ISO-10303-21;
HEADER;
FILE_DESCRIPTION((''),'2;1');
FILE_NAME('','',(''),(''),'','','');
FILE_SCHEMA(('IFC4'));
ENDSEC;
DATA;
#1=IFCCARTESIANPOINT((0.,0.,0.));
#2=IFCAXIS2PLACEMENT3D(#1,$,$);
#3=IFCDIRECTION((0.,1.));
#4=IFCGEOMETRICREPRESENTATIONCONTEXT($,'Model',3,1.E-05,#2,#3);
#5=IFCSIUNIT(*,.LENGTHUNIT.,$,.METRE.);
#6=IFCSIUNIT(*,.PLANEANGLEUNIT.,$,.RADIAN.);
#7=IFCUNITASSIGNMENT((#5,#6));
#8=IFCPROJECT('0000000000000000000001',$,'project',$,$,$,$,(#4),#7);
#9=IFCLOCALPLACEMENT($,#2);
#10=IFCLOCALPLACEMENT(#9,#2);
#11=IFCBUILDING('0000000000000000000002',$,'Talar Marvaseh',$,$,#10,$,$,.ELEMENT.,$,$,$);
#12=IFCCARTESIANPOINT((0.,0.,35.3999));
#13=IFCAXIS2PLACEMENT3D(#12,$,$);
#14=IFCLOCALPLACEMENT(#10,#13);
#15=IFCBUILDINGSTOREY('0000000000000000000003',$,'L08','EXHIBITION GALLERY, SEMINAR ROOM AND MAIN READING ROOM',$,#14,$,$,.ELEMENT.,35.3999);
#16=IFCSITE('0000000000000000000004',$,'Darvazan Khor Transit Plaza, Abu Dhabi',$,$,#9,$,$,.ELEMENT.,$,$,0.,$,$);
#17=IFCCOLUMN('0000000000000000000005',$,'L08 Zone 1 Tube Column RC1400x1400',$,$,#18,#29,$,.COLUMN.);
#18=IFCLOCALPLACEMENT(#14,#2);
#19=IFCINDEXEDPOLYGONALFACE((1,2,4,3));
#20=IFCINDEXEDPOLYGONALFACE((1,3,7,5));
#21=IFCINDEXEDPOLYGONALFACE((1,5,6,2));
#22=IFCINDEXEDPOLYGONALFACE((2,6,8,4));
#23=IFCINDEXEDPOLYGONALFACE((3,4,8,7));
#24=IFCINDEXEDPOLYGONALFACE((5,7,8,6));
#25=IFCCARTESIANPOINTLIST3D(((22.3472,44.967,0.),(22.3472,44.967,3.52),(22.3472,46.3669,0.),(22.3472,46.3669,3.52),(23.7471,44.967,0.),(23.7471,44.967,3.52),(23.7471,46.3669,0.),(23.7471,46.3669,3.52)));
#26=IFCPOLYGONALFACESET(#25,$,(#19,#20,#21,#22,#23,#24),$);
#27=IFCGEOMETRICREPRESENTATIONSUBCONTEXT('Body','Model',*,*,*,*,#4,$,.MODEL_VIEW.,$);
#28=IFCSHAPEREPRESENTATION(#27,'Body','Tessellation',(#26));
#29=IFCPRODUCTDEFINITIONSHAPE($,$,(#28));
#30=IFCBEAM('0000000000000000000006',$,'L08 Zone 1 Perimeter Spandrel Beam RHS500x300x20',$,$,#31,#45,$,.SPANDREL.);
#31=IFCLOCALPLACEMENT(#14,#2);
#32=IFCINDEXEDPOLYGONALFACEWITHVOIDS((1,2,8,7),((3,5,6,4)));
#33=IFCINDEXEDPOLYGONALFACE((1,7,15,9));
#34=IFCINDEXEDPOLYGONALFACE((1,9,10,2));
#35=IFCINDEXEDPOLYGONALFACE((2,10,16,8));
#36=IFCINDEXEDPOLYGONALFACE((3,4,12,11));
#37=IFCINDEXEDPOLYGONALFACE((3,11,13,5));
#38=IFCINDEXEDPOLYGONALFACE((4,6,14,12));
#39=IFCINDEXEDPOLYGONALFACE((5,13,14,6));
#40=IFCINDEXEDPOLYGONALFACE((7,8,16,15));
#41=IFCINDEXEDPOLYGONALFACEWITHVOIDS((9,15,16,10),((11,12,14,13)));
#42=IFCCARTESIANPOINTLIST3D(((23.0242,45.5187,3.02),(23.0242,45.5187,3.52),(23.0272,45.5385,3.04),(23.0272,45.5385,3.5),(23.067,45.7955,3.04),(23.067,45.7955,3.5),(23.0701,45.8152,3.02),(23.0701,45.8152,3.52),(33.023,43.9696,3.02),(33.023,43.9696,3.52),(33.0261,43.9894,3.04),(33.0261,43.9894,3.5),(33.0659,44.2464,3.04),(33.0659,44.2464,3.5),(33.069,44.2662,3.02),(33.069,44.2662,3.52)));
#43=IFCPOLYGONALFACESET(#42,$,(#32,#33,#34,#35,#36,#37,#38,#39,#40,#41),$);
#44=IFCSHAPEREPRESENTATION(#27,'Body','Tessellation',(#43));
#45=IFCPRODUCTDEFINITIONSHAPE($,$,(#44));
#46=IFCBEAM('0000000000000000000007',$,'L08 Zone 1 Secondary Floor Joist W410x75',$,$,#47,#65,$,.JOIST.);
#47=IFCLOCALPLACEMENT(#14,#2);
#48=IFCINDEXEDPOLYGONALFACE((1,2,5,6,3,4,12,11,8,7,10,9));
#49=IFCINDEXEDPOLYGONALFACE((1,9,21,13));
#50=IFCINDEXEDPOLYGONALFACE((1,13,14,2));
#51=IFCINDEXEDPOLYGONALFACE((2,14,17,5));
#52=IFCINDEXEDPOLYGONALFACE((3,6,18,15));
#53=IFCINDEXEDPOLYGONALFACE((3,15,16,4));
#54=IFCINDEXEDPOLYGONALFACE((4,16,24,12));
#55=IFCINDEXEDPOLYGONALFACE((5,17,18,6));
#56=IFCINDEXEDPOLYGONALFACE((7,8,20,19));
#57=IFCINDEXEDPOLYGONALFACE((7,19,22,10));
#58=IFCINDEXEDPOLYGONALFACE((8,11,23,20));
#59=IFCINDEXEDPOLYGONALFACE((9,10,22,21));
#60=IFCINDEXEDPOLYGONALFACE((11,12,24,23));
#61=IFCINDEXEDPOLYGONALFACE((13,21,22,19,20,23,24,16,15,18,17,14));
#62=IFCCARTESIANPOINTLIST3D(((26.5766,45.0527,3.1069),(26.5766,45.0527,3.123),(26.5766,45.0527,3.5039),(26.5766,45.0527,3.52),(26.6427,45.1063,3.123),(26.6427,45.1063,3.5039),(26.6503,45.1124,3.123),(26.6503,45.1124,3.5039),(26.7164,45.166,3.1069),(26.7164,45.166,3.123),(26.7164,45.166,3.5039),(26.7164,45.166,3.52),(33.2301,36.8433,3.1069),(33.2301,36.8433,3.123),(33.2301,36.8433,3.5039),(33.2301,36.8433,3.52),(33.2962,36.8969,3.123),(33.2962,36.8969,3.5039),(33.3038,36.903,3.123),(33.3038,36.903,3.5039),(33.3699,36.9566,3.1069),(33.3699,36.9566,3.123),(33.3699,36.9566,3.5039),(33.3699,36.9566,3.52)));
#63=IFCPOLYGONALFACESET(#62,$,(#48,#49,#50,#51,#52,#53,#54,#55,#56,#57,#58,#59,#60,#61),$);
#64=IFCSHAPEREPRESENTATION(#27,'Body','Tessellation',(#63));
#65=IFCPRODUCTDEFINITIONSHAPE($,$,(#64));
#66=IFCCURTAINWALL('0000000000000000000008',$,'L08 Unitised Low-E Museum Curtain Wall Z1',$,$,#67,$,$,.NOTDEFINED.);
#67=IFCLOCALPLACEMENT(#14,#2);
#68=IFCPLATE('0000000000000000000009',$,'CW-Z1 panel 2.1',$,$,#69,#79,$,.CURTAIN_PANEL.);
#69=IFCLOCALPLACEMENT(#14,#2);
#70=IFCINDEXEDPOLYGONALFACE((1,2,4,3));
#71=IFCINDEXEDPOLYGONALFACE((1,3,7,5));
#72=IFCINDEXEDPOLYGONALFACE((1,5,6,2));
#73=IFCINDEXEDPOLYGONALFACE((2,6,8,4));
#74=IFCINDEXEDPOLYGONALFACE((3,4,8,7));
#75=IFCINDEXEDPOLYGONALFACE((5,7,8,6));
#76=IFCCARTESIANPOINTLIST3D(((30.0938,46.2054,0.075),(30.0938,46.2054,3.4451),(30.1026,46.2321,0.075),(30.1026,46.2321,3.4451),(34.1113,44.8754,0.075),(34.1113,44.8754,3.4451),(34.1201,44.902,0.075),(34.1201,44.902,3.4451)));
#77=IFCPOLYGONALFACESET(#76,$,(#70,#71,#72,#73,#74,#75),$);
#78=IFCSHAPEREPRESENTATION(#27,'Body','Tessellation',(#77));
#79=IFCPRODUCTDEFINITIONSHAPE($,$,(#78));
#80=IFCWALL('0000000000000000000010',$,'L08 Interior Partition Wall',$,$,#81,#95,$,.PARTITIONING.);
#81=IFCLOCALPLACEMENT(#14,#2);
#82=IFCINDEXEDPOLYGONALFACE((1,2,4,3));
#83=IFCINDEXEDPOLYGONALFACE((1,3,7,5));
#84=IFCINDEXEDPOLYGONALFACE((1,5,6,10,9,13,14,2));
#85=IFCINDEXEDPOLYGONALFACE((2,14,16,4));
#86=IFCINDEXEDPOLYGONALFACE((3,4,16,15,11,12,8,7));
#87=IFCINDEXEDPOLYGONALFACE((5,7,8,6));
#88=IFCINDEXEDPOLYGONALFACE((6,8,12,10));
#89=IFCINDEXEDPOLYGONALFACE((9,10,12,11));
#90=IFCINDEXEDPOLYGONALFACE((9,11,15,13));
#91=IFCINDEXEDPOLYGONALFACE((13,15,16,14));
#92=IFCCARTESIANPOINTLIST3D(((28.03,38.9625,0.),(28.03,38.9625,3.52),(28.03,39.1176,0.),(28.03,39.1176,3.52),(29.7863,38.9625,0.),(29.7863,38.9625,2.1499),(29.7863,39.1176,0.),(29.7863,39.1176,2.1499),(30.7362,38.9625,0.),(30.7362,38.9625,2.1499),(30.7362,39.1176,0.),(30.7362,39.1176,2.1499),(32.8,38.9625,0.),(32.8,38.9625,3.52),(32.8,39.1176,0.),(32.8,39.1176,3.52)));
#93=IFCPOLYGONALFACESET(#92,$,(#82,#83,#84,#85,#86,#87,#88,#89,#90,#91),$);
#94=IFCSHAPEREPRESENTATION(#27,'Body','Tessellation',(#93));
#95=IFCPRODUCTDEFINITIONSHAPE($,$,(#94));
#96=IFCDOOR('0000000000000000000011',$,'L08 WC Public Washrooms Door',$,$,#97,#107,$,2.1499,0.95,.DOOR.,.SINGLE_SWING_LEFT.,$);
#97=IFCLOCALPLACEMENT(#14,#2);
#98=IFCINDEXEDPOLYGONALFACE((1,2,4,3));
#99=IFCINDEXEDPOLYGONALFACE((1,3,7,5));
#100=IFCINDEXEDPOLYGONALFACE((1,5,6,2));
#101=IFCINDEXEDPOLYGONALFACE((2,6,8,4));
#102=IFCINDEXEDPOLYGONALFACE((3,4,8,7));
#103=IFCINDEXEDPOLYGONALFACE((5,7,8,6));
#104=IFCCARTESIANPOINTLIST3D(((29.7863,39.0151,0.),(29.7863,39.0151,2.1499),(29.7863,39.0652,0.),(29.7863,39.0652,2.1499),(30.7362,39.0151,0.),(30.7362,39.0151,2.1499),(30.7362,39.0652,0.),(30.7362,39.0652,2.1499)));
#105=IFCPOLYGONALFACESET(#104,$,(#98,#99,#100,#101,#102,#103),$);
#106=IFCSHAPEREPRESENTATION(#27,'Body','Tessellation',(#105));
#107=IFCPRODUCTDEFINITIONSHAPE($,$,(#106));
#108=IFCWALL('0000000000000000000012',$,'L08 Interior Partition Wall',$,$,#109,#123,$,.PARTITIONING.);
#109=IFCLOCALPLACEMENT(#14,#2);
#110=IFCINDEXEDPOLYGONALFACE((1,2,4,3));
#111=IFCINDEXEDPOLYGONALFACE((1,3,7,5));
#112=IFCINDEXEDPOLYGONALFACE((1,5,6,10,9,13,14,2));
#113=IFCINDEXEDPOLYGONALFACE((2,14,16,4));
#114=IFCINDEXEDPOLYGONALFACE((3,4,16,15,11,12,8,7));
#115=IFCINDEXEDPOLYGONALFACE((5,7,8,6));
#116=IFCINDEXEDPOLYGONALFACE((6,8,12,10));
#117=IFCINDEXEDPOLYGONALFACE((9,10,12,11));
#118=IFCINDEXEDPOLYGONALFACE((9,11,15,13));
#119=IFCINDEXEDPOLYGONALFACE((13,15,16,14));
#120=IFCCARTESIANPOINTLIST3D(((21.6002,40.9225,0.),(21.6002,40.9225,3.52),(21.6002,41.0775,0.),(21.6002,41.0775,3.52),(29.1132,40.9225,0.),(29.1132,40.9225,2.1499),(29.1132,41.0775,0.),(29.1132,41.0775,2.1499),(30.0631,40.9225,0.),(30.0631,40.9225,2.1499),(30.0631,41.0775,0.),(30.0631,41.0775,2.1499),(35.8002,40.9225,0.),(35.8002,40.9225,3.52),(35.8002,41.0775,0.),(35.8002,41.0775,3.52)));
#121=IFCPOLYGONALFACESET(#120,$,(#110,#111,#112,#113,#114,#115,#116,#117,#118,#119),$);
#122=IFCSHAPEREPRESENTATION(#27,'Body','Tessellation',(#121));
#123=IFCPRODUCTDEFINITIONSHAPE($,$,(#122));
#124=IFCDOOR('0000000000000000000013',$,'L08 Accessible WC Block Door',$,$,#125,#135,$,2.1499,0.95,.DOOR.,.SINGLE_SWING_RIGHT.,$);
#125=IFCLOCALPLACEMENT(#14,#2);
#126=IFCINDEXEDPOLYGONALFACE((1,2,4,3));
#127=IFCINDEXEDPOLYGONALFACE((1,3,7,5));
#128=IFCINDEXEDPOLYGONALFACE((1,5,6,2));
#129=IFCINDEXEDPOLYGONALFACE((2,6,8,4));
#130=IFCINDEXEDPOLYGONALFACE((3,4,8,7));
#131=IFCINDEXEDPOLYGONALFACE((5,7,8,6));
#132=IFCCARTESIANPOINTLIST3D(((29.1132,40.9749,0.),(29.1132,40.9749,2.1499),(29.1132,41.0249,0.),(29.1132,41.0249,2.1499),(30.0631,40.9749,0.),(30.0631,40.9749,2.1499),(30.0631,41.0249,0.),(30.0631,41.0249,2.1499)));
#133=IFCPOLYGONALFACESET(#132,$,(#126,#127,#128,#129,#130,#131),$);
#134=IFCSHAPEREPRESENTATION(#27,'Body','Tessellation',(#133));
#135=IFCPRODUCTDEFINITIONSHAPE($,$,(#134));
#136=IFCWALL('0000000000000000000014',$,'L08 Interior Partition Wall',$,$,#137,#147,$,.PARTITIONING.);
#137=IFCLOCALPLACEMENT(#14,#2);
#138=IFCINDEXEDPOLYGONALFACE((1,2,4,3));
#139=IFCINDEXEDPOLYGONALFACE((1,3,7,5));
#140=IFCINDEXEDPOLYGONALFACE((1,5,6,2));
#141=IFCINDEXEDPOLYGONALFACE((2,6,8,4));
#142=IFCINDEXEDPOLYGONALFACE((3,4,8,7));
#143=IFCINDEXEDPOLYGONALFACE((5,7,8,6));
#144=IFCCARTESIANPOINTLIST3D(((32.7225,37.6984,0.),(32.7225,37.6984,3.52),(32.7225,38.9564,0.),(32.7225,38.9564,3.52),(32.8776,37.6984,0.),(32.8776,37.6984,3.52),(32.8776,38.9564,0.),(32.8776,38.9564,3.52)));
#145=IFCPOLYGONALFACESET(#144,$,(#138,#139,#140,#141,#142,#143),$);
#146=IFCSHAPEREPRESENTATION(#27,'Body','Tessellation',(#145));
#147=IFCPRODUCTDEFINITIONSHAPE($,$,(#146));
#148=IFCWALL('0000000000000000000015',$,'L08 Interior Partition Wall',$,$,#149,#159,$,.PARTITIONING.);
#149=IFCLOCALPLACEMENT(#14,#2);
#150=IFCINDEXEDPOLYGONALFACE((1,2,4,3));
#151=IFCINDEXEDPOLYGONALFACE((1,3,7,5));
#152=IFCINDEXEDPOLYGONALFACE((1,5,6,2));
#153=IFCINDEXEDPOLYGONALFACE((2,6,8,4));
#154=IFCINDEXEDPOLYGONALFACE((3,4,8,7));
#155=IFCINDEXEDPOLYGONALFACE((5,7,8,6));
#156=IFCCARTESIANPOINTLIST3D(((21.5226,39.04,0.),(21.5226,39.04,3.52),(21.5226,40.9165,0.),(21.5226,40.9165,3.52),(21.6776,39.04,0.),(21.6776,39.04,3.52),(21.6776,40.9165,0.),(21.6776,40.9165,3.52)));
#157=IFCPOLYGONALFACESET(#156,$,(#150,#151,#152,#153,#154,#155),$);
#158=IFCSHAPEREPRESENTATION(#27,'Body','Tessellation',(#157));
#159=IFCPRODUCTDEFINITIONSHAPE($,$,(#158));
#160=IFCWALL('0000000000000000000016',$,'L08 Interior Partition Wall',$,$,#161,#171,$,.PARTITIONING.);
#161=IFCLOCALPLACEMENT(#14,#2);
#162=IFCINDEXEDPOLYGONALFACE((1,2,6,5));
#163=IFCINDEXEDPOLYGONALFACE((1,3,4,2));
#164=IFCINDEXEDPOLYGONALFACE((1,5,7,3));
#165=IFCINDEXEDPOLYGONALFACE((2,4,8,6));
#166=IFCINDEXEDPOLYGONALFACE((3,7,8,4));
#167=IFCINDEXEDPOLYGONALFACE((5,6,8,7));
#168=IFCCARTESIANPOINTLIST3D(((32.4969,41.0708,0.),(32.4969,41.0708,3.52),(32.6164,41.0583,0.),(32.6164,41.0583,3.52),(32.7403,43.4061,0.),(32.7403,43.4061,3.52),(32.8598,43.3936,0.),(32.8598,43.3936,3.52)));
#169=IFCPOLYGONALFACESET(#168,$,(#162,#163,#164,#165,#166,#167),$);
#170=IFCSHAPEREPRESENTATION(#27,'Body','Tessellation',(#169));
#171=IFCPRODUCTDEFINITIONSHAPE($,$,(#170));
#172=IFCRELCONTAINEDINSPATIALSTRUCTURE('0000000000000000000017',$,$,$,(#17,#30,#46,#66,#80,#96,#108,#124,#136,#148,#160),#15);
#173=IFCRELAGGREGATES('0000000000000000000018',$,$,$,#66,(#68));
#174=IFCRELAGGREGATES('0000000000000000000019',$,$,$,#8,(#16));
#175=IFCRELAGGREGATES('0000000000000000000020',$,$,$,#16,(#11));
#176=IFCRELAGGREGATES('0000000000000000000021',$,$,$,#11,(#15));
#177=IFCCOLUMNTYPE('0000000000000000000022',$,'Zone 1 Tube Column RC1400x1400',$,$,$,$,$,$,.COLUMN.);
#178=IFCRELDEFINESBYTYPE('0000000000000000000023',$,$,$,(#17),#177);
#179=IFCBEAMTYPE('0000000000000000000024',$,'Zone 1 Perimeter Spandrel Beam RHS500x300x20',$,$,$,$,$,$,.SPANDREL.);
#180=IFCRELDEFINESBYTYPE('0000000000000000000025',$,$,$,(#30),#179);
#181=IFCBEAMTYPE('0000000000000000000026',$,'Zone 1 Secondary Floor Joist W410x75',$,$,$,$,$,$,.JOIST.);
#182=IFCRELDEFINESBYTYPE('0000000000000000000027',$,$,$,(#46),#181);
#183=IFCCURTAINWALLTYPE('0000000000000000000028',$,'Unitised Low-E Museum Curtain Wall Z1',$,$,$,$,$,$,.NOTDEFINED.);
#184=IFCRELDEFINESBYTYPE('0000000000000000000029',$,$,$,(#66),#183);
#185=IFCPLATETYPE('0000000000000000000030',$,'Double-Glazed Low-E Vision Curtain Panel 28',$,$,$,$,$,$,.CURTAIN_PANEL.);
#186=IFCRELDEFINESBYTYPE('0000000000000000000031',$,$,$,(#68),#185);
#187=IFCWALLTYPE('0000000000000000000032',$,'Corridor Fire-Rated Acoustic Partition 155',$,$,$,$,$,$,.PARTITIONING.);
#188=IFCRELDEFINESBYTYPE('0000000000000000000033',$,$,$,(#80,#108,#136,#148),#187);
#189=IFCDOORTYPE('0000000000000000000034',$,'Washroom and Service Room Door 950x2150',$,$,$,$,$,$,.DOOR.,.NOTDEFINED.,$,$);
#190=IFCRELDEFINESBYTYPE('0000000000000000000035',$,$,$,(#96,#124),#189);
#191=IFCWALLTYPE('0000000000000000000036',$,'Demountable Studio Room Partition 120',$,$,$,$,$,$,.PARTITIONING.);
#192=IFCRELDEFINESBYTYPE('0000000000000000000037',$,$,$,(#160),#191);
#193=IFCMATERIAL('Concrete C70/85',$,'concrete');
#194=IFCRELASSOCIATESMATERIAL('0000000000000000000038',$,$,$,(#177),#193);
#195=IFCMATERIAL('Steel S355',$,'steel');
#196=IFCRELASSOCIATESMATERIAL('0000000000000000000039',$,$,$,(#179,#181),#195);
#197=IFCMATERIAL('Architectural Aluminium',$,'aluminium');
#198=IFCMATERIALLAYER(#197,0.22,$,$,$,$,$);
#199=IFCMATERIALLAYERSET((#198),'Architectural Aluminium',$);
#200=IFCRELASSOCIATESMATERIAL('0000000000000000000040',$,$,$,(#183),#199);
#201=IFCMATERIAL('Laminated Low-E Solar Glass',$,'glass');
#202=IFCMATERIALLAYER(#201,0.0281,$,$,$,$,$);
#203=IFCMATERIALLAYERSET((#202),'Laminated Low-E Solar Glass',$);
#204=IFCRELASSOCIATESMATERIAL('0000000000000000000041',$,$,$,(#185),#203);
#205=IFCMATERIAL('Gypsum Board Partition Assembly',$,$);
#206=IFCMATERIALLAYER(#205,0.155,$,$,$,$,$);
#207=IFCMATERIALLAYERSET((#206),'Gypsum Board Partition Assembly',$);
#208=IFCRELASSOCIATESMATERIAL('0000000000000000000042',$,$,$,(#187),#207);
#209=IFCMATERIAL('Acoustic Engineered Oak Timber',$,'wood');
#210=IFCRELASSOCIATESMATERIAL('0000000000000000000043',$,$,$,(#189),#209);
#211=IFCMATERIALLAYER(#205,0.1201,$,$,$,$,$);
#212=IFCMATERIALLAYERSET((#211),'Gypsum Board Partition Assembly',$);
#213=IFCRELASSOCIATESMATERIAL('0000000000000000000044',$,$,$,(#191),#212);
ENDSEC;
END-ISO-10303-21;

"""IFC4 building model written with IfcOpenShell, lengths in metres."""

from ifc_helpers import new_model, si_unit, direction, frame, frame_2d, origin, origin_2d, place, context, subcontext, project, spatial, rectangle, hollow_rectangle, i_section, extrude, source, transform, mapped, material, layer, layer_set, material_profile, profile_set, type_object, type_shapes, element, fill, aggregate, save


model = new_model("IFC4")

# Units and contexts
model_context = context("Model", 3, precision=1e-05, world=origin(), true_north=direction((0.0, 1.0)))
body_context = subcontext(model_context, "Body", "Model", "MODEL_VIEW")
ifc_project = project(units=[si_unit("LENGTHUNIT", "METRE"), si_unit("PLANEANGLEUNIT", "RADIAN")], contexts=[model_context])

# Site, building, storey
site_placement = place(None, origin())
site = spatial("IfcSite", under=ifc_project, at=site_placement, Name="Darvazan Khor Transit Plaza, Abu Dhabi", CompositionType="ELEMENT", RefElevation=0.0)
building_placement = place(site_placement, origin())
building = spatial("IfcBuilding", under=site, at=building_placement, Name="Talar Marvaseh", CompositionType="ELEMENT")
storey_placement = place(building_placement, frame((0.0, 0.0, 35.3999)))
storey = spatial("IfcBuildingStorey", under=building, at=storey_placement, Name="L08", Description="EXHIBITION GALLERY, SEMINAR ROOM AND MAIN READING ROOM", CompositionType="ELEMENT", Elevation=35.3999)

# Column
ifc_material_1 = material(Name="Concrete C70/85", Category="concrete")
ifc_material_profile_1 = material_profile(ifc_material_1, rectangle(XDim=1.3999, YDim=1.3999, at=origin_2d()), Name="RC1400x1400")
ifc_profile_set_1 = profile_set([ifc_material_profile_1], Name="Concrete C70/85")
column_type = type_object("IfcColumnType", Name="Zone 1 Tube Column RC1400x1400", PredefinedType="COLUMN", material=ifc_profile_set_1)
column_placement = place(storey_placement, frame((23.0471, 45.667, 0.0), z_axis=(0.0, 0.0, 1.0), x_axis=(1.0, 0.0, 0.0)))
element("IfcColumn", 1, at=column_placement, inside=storey, type_object=column_type, Name="L08 Zone 1 Tube Column RC1400x1400", PredefinedType="COLUMN", context=body_context, shape_type="SweptSolid", body=[
    extrude(rectangle(XDim=1.3999, YDim=1.3999, at=origin_2d()), origin(), (0.0, 0.0, 1.0), 3.52),
])

# Beams
ifc_material_2 = material(Name="Steel S355", Category="steel")
ifc_material_profile_2 = material_profile(ifc_material_2, hollow_rectangle(XDim=0.3, YDim=0.5, WallThickness=0.02, at=origin_2d()), Name="RHS500x300x20")
ifc_profile_set_2 = profile_set([ifc_material_profile_2], Name="Steel S355")
beam_type_1 = type_object("IfcBeamType", Name="Zone 1 Perimeter Spandrel Beam RHS500x300x20", PredefinedType="SPANDREL", material=ifc_profile_set_2)
beam_1_placement = place(storey_placement, frame((23.0471, 45.667, 3.27), z_axis=(0.988211, -0.1531, 0.0), x_axis=(0.1531, 0.988211, 0.0)))
element("IfcBeam", 2, at=beam_1_placement, inside=storey, type_object=beam_type_1, Name="L08 Zone 1 Perimeter Spandrel Beam RHS500x300x20", PredefinedType="SPANDREL", context=body_context, shape_type="SweptSolid", body=[
    extrude(hollow_rectangle(XDim=0.3, YDim=0.5, WallThickness=0.02, at=origin_2d()), origin(), (0.0, 0.0, 1.0), 10.1182),
])
ifc_material_profile_3 = material_profile(ifc_material_2, i_section(OverallWidth=0.1799, OverallDepth=0.4131, WebThickness=0.0098, FlangeThickness=0.0161, at=origin_2d()), Name="W410x75")
ifc_profile_set_3 = profile_set([ifc_material_profile_3], Name="Steel S355")
beam_type_2 = type_object("IfcBeamType", Name="Zone 1 Secondary Floor Joist W410x75", PredefinedType="JOIST", material=ifc_profile_set_3)
beam_2_placement = place(storey_placement, frame((26.6465, 45.1094, 3.3135), z_axis=(0.629644, -0.776884, 0.0), x_axis=(0.776884, 0.629644, 0.0)))
element("IfcBeam", 3, at=beam_2_placement, inside=storey, type_object=beam_type_2, Name="L08 Zone 1 Secondary Floor Joist W410x75", PredefinedType="JOIST", context=body_context, shape_type="SweptSolid", body=[
    extrude(i_section(OverallWidth=0.1799, OverallDepth=0.4131, WebThickness=0.0098, FlangeThickness=0.0161, at=origin_2d()), origin(), (0.0, 0.0, 1.0), 10.5671),
])

# Curtain wall, plate
ifc_material_3 = material(Name="Architectural Aluminium", Category="aluminium")
ifc_layer_1 = layer(ifc_material_3, 0.22)
ifc_layer_set_1 = layer_set([ifc_layer_1], Name="Architectural Aluminium")
curtain_wall_type = type_object("IfcCurtainWallType", Name="Unitised Low-E Museum Curtain Wall Z1", PredefinedType="NOTDEFINED", material=ifc_layer_set_1)
curtain_wall_placement = place(storey_placement, origin())
curtain_wall = element("IfcCurtainWall", 4, at=curtain_wall_placement, inside=storey, type_object=curtain_wall_type, Name="L08 Unitised Low-E Museum Curtain Wall Z1", PredefinedType="NOTDEFINED")
ifc_material_4 = material(Name="Laminated Low-E Solar Glass", Category="glass")
ifc_layer_2 = layer(ifc_material_4, 0.0281)
ifc_layer_set_2 = layer_set([ifc_layer_2], Name="Laminated Low-E Solar Glass")
plate_type = type_object("IfcPlateType", Name="Double-Glazed Low-E Vision Curtain Panel 28", PredefinedType="CURTAIN_PANEL", material=ifc_layer_set_2)
shared_shape_1 = source(origin(), body_context, "Body", "SweptSolid", [
    extrude(rectangle(XDim=4.2319, YDim=0.0281, at=origin_2d()), origin(), (0.0, 0.0, 1.0), 3.3701),
])
type_shapes(plate_type, [shared_shape_1])
plate_placement = place(storey_placement, frame((32.1069, 45.5537, 0.075), z_axis=(0.0, 0.0, 1.0), x_axis=(0.949328, -0.314288, 0.0)))
plate = element("IfcPlate", 5, at=plate_placement, type_object=plate_type, Name="CW-Z1 panel 2.1", PredefinedType="CURTAIN_PANEL", context=body_context, shape_type="MappedRepresentation", body=[
    mapped(shared_shape_1, transform((0.0, 0.0, 0.0), x_axis=(1.0, 0.0, 0.0), y_axis=(0.0, 1.0, 0.0), z_axis=(0.0, 0.0, 1.0), scale=1.0)),
])
aggregate(curtain_wall, [plate])

# Walls, openings, doors
ifc_material_5 = material(Name="Gypsum Board Partition Assembly")
ifc_layer_3 = layer(ifc_material_5, 0.155)
ifc_layer_set_3 = layer_set([ifc_layer_3], Name="Gypsum Board Partition Assembly")
wall_type_1 = type_object("IfcWallType", Name="Corridor Fire-Rated Acoustic Partition 155", PredefinedType="PARTITIONING", material=ifc_layer_set_3)
wall_1_placement = place(storey_placement, frame((32.8, 39.04, 0.0), z_axis=(0.0, 0.0, 1.0), x_axis=(-1.0, 0.0, 0.0)))
wall_1 = element("IfcWall", 6, at=wall_1_placement, inside=storey, type_object=wall_type_1, Name="L08 Interior Partition Wall", PredefinedType="PARTITIONING", context=body_context, shape_type="SweptSolid", body=[
    extrude(rectangle(XDim=4.77, YDim=0.155, at=frame_2d((2.385, 0.0))), origin(), (0.0, 0.0, 1.0), 3.52),
])
opening_1_placement = place(wall_1_placement, frame((2.0637, 0.0, 0.0)))
opening_1 = element("IfcOpeningElement", 7, at=opening_1_placement, cuts=wall_1, PredefinedType="OPENING", context=body_context, shape_type="SweptSolid", body=[
    extrude(rectangle(XDim=0.95, YDim=2.1499, at=frame_2d((0.4751, 1.075))), frame((0.0, 0.0874, 0.0), z_axis=(0.0, -1.0, 0.0), x_axis=(1.0, 0.0, 0.0)), (0.0, 0.0, 1.0), 0.175),
])
ifc_material_6 = material(Name="Acoustic Engineered Oak Timber", Category="wood")
door_type_1 = type_object("IfcDoorType", Name="Washroom and Service Room Door 950x2150", OperationType="NOTDEFINED", PredefinedType="DOOR", material=ifc_material_6)
shared_shape_2 = source(origin(), body_context, "Body", "SweptSolid", [
    extrude(rectangle(XDim=0.95, YDim=2.1499, at=frame_2d((0.4751, 1.075))), frame((0.0, 0.0249, 0.0), z_axis=(0.0, -1.0, 0.0), x_axis=(1.0, 0.0, 0.0)), (0.0, 0.0, 1.0), 0.05),
])
type_shapes(door_type_1, [shared_shape_2])
door_1_placement = place(opening_1_placement, origin())
door_1 = element("IfcDoor", 8, at=door_1_placement, inside=storey, type_object=door_type_1, Name="L08 WC Public Washrooms Door", OperationType="SINGLE_SWING_LEFT", OverallHeight=2.1499, OverallWidth=0.95, PredefinedType="DOOR", context=body_context, shape_type="MappedRepresentation", body=[
    mapped(shared_shape_2, transform((0.0, 0.0, 0.0), x_axis=(1.0, 0.0, 0.0), y_axis=(0.0, 1.0, 0.0), z_axis=(0.0, 0.0, 1.0), scale=1.0)),
])
fill(opening_1, door_1)
wall_2_placement = place(storey_placement, frame((21.6001, 41.0, 0.0), z_axis=(0.0, 0.0, 1.0), x_axis=(1.0, 0.0, 0.0)))
wall_2 = element("IfcWall", 9, at=wall_2_placement, inside=storey, type_object=wall_type_1, Name="L08 Interior Partition Wall", PredefinedType="PARTITIONING", context=body_context, shape_type="SweptSolid", body=[
    extrude(rectangle(XDim=14.2, YDim=0.155, at=frame_2d((7.1001, 0.0))), origin(), (0.0, 0.0, 1.0), 3.52),
])
opening_2_placement = place(wall_2_placement, frame((7.5129, 0.0, 0.0)))
opening_2 = element("IfcOpeningElement", 10, at=opening_2_placement, cuts=wall_2, PredefinedType="OPENING", context=body_context, shape_type="SweptSolid", body=[
    extrude(rectangle(XDim=0.95, YDim=2.1499, at=frame_2d((0.4751, 1.075))), frame((0.0, 0.0874, 0.0), z_axis=(0.0, -1.0, 0.0), x_axis=(1.0, 0.0, 0.0)), (0.0, 0.0, 1.0), 0.175),
])
door_2_placement = place(opening_2_placement, origin())
door_2 = element("IfcDoor", 11, at=door_2_placement, inside=storey, type_object=door_type_1, Name="L08 Accessible WC Block Door", OperationType="SINGLE_SWING_RIGHT", OverallHeight=2.1499, OverallWidth=0.95, PredefinedType="DOOR", context=body_context, shape_type="MappedRepresentation", body=[
    mapped(shared_shape_2, transform((0.0, 0.0, 0.0), x_axis=(1.0, 0.0, 0.0), y_axis=(0.0, 1.0, 0.0), z_axis=(0.0, 0.0, 1.0), scale=1.0)),
])
fill(opening_2, door_2)

# Walls
wall_3_placement = place(storey_placement, frame((32.8, 37.6985, 0.0), z_axis=(0.0, 0.0, 1.0), x_axis=(0.0, 1.0, 0.0)))
element("IfcWall", 12, at=wall_3_placement, inside=storey, type_object=wall_type_1, Name="L08 Interior Partition Wall", PredefinedType="PARTITIONING", context=body_context, shape_type="SweptSolid", body=[
    extrude(rectangle(XDim=1.2581, YDim=0.155, at=frame_2d((0.6289, 0.0))), origin(), (0.0, 0.0, 1.0), 3.52),
])
wall_4_placement = place(storey_placement, frame((21.6001, 39.04, 0.0), z_axis=(0.0, 0.0, 1.0), x_axis=(0.0, 1.0, 0.0)))
element("IfcWall", 13, at=wall_4_placement, inside=storey, type_object=wall_type_1, Name="L08 Interior Partition Wall", PredefinedType="PARTITIONING", context=body_context, shape_type="SweptSolid", body=[
    extrude(rectangle(XDim=1.8765, YDim=0.155, at=frame_2d((0.9382, 0.0))), origin(), (0.0, 0.0, 1.0), 3.52),
])
ifc_layer_4 = layer(ifc_material_5, 0.1201)
ifc_layer_set_4 = layer_set([ifc_layer_4], Name="Gypsum Board Partition Assembly")
wall_type_2 = type_object("IfcWallType", Name="Demountable Studio Room Partition 120", PredefinedType="PARTITIONING", material=ifc_layer_set_4)
wall_5_placement = place(storey_placement, frame((32.5566, 41.0647, 0.0), z_axis=(0.0, 0.0, 1.0), x_axis=(0.103673, 0.994611, 0.0)))
element("IfcWall", 14, at=wall_5_placement, inside=storey, type_object=wall_type_2, Name="L08 Interior Partition Wall", PredefinedType="PARTITIONING", context=body_context, shape_type="SweptSolid", body=[
    extrude(rectangle(XDim=2.3479, YDim=0.1201, at=frame_2d((1.1738, 0.0))), origin(), (0.0, 0.0, 1.0), 3.52),
])

save(model, "model.ifc")
